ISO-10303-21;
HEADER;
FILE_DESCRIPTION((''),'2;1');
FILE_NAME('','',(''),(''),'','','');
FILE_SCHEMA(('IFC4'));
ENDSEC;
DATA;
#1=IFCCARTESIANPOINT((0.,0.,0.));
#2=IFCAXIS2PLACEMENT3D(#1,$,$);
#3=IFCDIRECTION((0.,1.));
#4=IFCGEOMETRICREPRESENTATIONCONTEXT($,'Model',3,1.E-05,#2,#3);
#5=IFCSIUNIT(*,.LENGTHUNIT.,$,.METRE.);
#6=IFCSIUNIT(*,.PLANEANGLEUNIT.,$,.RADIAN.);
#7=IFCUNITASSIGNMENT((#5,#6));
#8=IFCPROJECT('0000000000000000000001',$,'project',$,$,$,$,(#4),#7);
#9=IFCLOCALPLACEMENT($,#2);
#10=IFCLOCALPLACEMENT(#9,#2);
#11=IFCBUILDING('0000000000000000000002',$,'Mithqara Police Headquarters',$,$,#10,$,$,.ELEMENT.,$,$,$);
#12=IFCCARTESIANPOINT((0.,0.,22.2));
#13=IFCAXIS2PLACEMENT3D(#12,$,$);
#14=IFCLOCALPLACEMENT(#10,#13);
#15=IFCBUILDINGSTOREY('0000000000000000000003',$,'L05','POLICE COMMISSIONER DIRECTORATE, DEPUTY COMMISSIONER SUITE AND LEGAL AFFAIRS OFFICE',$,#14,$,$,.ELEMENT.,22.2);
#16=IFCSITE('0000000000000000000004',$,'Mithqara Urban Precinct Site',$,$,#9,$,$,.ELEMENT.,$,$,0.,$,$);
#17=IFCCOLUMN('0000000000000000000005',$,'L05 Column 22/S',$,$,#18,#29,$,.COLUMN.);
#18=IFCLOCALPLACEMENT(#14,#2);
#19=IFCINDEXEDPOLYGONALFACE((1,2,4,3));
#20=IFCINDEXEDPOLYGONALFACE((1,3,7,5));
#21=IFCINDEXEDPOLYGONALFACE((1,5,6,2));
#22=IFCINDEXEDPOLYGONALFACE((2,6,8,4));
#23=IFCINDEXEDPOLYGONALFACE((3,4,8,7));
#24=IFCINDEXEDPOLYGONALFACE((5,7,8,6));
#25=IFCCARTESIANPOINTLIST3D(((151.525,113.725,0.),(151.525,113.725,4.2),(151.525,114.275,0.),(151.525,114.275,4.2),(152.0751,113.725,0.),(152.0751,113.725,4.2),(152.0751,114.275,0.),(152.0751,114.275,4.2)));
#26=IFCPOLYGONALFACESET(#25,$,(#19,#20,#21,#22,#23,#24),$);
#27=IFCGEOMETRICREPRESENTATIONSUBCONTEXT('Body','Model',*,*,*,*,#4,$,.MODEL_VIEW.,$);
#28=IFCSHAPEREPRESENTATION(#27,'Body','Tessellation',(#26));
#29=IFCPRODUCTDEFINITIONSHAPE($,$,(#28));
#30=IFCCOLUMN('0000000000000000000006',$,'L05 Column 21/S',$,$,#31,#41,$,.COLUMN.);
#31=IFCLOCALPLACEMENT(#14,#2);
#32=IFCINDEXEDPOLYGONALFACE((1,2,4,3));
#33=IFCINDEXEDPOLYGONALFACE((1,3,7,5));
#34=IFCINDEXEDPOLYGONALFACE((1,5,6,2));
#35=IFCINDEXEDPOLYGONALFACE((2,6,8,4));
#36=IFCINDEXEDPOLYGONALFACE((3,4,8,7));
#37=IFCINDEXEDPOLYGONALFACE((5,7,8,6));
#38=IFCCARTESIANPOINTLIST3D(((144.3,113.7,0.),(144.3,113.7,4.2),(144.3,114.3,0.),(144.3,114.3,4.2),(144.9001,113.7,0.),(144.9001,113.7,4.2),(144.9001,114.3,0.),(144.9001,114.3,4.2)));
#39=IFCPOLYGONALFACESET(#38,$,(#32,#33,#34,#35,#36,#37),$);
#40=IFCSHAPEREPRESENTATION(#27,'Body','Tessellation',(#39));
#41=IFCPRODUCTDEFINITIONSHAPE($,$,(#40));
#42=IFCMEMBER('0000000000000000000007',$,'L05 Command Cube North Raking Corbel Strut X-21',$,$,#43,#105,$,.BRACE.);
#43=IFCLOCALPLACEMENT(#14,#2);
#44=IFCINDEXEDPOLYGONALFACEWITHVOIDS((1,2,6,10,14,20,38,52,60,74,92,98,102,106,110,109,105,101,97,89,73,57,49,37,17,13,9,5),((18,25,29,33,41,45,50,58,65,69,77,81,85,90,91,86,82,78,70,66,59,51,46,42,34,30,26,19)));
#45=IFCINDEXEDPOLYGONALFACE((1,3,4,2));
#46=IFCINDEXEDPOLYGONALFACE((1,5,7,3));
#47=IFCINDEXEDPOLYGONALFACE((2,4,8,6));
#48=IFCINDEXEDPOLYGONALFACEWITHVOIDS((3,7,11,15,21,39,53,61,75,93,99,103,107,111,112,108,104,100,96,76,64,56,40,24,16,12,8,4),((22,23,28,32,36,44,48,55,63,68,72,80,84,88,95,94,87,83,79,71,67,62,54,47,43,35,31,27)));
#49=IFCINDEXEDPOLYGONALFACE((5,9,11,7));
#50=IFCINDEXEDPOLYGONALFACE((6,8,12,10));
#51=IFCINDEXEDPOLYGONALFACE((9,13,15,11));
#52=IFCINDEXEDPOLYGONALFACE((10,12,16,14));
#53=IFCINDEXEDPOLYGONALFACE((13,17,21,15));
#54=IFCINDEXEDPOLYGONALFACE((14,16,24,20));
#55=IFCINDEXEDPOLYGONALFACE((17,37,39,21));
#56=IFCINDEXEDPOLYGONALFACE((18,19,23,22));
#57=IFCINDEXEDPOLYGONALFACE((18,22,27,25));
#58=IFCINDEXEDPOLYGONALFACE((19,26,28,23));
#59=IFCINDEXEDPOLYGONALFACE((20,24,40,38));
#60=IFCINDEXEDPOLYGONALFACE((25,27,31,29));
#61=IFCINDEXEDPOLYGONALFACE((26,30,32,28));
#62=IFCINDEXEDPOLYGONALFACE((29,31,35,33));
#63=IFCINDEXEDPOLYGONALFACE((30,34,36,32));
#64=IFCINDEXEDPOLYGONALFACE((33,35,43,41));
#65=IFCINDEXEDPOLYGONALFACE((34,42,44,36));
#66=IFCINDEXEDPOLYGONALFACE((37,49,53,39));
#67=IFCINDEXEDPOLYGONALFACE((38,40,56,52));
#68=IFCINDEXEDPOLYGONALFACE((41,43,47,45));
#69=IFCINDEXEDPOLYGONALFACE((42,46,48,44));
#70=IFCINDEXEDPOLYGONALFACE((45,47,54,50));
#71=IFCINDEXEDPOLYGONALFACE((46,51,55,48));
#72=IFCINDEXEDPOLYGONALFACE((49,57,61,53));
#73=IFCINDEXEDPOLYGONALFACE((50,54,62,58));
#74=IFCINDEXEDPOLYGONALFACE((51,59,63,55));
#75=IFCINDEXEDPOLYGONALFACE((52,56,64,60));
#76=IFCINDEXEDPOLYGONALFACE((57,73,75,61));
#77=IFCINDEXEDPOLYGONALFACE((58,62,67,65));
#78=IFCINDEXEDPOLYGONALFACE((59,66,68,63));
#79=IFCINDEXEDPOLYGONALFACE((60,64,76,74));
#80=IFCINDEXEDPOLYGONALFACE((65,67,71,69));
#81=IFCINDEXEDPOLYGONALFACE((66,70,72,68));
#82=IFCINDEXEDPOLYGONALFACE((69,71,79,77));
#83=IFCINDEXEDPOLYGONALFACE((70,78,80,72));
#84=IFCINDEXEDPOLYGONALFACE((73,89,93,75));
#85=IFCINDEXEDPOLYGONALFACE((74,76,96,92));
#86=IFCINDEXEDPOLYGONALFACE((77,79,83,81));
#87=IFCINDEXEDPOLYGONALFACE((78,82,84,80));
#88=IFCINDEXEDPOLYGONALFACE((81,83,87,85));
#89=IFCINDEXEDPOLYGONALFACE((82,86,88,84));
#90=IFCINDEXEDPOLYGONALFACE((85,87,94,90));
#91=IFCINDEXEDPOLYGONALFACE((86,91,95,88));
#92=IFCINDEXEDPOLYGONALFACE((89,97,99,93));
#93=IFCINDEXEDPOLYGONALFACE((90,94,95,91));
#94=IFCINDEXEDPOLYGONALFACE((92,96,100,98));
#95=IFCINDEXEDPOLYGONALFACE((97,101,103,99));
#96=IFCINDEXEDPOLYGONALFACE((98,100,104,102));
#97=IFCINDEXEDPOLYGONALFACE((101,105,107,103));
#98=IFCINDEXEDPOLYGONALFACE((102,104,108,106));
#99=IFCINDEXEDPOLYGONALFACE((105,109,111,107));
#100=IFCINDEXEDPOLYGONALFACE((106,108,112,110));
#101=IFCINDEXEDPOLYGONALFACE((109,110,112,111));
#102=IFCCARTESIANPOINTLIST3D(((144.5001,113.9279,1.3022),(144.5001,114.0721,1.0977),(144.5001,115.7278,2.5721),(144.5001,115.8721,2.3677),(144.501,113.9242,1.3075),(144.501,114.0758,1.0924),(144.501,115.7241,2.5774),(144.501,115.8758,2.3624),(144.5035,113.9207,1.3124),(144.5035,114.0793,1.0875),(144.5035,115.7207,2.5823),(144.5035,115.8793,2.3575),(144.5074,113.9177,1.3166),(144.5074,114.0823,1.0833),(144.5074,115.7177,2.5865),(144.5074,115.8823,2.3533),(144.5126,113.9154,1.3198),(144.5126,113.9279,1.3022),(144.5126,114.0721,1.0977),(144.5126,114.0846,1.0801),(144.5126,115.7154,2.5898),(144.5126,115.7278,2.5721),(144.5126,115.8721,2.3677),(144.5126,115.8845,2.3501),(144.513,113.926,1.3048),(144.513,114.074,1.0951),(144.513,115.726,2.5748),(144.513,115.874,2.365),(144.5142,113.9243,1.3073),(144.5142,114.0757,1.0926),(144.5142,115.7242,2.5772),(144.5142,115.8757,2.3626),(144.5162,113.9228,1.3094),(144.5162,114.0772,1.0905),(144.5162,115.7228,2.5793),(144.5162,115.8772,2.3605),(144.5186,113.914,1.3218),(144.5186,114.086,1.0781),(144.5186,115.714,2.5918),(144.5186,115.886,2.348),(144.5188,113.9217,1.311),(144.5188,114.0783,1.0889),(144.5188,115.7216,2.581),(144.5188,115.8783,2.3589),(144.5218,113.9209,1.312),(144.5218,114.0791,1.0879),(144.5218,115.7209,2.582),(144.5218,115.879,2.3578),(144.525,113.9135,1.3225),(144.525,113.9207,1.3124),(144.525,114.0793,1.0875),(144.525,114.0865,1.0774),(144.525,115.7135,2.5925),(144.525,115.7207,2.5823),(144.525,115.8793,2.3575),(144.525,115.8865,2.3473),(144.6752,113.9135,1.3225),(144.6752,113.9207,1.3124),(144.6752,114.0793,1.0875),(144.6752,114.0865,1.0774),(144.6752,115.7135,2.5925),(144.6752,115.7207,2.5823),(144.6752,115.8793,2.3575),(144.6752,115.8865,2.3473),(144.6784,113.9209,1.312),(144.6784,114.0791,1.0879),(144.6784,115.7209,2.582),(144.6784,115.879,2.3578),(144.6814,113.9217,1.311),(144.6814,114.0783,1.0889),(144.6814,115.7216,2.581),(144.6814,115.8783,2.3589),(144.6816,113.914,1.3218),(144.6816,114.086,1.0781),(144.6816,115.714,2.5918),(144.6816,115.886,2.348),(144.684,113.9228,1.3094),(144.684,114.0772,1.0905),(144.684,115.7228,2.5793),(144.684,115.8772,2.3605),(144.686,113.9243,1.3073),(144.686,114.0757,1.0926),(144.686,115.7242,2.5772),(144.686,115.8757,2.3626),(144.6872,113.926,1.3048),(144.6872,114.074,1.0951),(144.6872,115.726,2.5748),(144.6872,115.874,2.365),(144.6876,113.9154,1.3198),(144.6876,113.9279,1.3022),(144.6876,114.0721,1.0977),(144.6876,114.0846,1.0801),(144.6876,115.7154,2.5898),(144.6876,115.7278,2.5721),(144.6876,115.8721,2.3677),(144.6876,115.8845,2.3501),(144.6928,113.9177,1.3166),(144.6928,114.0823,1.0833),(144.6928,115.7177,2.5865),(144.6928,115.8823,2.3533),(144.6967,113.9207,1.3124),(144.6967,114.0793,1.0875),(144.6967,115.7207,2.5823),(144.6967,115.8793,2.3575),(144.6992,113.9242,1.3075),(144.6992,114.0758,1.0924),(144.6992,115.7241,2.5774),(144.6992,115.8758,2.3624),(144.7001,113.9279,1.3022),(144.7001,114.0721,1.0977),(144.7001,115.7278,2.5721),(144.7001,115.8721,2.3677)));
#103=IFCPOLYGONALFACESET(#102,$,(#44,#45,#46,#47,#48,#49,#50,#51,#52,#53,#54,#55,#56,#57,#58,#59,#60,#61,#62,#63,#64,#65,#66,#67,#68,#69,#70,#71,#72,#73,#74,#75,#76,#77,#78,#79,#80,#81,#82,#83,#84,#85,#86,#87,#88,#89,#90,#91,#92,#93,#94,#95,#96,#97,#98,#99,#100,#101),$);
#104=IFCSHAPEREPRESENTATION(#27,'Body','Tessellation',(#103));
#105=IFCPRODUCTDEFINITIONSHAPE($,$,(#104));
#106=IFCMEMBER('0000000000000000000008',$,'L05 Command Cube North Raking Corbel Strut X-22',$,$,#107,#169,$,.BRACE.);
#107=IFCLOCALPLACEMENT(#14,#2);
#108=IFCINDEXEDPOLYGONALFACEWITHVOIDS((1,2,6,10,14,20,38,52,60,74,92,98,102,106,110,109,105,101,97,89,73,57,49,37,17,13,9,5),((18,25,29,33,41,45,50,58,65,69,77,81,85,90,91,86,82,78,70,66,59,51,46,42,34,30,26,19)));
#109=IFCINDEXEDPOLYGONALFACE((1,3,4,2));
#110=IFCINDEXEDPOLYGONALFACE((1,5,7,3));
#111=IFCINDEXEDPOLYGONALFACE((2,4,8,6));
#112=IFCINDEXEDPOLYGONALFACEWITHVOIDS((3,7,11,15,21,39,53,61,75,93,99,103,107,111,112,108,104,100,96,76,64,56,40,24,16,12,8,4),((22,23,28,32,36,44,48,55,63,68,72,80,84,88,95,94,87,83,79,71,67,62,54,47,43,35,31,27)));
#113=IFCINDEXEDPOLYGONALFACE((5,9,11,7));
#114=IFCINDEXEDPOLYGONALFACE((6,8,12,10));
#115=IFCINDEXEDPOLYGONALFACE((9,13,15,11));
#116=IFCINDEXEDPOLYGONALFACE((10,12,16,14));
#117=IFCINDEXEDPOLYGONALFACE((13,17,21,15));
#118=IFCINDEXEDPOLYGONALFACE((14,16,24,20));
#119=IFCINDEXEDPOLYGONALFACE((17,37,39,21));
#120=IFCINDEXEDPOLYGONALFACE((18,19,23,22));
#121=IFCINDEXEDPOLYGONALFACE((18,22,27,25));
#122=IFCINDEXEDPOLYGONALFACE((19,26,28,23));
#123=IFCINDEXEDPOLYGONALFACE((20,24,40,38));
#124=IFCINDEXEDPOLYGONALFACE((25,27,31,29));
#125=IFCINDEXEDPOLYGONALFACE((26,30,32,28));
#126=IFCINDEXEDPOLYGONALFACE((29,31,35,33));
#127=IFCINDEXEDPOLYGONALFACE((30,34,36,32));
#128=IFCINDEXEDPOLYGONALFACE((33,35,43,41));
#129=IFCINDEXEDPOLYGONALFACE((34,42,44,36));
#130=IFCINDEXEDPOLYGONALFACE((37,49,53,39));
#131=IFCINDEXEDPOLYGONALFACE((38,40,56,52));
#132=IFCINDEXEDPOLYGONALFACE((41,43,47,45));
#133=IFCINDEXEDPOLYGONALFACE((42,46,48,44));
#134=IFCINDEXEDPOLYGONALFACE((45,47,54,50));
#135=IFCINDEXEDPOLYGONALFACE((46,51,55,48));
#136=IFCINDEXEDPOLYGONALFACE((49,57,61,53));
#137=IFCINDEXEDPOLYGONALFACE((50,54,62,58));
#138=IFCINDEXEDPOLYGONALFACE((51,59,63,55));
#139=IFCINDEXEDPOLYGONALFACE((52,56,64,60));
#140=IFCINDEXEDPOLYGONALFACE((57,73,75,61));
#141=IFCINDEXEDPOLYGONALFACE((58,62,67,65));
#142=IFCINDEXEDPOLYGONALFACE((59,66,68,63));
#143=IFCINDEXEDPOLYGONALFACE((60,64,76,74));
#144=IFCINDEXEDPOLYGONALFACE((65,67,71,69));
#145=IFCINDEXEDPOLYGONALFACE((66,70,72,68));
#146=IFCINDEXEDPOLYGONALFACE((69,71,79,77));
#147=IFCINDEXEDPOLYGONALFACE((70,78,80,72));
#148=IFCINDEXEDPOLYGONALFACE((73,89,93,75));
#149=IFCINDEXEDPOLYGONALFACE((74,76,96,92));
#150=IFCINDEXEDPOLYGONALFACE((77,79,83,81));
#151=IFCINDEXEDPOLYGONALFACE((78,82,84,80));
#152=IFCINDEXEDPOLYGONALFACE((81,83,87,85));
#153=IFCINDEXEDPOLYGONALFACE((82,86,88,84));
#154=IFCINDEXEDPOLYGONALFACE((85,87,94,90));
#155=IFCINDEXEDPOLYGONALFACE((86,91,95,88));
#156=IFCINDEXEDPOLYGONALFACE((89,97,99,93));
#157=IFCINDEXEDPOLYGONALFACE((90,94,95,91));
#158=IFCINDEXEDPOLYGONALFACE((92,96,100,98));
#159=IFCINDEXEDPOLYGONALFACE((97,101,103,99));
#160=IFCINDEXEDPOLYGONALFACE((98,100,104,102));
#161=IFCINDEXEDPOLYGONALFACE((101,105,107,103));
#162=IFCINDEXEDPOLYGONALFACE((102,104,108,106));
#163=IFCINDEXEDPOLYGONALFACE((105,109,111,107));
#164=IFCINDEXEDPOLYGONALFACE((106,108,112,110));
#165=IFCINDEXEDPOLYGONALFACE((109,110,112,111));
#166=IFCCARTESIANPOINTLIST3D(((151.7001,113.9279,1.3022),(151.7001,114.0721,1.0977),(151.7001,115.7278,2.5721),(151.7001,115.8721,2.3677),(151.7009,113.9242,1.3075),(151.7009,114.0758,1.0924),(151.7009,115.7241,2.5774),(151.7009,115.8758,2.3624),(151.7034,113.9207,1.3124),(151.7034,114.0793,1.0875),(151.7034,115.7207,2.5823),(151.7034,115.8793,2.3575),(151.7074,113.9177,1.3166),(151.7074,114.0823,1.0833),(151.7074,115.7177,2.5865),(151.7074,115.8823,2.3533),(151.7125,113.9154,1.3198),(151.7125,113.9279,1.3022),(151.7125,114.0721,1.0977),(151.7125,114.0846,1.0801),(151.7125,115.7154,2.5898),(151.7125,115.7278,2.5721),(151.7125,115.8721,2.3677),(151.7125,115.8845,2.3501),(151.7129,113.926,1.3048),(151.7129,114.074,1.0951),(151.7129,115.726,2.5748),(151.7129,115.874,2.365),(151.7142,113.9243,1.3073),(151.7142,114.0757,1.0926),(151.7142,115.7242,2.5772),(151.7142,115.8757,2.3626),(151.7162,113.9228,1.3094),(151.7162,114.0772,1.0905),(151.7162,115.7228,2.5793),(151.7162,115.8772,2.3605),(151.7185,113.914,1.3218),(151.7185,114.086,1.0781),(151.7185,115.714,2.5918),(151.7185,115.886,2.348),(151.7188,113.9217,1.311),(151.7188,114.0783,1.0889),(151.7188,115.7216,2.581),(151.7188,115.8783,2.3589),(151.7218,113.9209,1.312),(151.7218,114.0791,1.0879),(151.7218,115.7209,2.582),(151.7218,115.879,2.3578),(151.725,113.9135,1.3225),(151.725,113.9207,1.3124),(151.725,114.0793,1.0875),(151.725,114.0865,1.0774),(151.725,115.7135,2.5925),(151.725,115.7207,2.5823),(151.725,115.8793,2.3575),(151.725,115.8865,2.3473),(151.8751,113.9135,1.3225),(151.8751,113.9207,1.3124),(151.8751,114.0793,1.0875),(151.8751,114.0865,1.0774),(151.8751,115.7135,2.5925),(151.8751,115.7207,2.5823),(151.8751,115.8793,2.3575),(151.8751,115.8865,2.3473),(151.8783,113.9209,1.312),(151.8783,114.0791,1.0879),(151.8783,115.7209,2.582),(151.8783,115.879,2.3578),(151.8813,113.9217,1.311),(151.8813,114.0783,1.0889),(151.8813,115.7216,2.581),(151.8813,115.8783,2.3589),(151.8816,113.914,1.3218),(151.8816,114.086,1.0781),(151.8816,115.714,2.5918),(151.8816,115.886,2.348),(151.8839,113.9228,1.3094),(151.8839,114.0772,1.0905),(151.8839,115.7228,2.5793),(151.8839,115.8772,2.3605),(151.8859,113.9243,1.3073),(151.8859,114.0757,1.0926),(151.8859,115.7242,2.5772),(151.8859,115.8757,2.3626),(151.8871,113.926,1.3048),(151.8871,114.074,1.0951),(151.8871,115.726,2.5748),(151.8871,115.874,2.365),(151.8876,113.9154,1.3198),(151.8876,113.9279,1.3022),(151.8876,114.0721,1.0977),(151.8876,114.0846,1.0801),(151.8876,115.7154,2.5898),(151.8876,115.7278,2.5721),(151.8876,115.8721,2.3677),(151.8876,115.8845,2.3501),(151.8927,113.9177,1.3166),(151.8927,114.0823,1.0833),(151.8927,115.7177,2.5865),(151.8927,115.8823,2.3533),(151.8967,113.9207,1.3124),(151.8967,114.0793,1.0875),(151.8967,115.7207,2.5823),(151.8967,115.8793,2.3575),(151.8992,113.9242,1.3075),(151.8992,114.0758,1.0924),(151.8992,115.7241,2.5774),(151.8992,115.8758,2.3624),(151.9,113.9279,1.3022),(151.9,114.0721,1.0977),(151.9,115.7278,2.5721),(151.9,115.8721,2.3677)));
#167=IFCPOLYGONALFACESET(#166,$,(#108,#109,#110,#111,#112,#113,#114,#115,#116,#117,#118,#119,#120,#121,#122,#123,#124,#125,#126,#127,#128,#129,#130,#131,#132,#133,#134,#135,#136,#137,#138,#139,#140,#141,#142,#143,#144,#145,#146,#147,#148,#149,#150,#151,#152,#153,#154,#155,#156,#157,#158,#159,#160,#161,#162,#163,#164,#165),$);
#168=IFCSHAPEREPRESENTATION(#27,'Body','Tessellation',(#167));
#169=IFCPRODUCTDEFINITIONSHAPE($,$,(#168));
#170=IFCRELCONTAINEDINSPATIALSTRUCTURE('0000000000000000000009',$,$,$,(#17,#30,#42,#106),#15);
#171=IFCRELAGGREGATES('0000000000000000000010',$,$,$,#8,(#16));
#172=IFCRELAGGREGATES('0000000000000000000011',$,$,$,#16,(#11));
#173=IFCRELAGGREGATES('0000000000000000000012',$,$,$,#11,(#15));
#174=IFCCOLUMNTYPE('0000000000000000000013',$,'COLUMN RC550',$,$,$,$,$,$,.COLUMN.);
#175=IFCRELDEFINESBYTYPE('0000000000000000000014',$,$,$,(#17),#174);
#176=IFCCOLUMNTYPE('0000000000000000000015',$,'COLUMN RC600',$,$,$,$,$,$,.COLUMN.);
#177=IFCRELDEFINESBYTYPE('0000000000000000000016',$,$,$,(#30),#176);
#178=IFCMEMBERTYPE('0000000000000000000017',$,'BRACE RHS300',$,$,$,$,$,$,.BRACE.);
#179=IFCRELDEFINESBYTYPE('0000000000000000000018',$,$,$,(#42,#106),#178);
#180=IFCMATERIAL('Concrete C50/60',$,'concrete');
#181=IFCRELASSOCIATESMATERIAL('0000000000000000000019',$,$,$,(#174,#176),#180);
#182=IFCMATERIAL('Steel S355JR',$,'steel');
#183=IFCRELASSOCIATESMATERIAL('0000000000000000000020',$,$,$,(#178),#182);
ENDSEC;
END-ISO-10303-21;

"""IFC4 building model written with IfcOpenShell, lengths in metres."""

from ifc_helpers import new_model, si_unit, direction, frame, origin, origin_2d, place, context, subcontext, project, spatial, rectangle, hollow_rectangle, extrude, material, material_profile, profile_set, type_object, element, save


model = new_model("IFC4")

# Units and contexts
model_context = context("Model", 3, precision=1e-05, world=origin(), true_north=direction((0.0, 1.0)))
body_context = subcontext(model_context, "Body", "Model", "MODEL_VIEW")
ifc_project = project(units=[si_unit("LENGTHUNIT", "METRE"), si_unit("PLANEANGLEUNIT", "RADIAN")], contexts=[model_context])

# Site, building, storey
site_placement = place(None, origin())
site = spatial("IfcSite", under=ifc_project, at=site_placement, Name="Mithqara Urban Precinct Site", CompositionType="ELEMENT", RefElevation=0.0)
building_placement = place(site_placement, origin())
building = spatial("IfcBuilding", under=site, at=building_placement, Name="Mithqara Police Headquarters", CompositionType="ELEMENT")
storey_placement = place(building_placement, frame((0.0, 0.0, 22.2)))
storey = spatial("IfcBuildingStorey", under=building, at=storey_placement, Name="L05", Description="POLICE COMMISSIONER DIRECTORATE, DEPUTY COMMISSIONER SUITE AND LEGAL AFFAIRS OFFICE", CompositionType="ELEMENT", Elevation=22.2)

# Columns
ifc_material_1 = material(Name="Concrete C50/60", Category="concrete")
ifc_material_profile_1 = material_profile(ifc_material_1, rectangle(XDim=0.55, YDim=0.55, at=origin_2d()), Name="RC 550x550")
ifc_profile_set_1 = profile_set([ifc_material_profile_1], Name="Concrete C50/60")
column_type_1 = type_object("IfcColumnType", Name="COLUMN RC550", PredefinedType="COLUMN", material=ifc_profile_set_1)
column_1_placement = place(storey_placement, frame((151.8, 114.0, 0.0), z_axis=(0.0, 0.0, 1.0), x_axis=(1.0, 0.0, 0.0)))
element("IfcColumn", 1, at=column_1_placement, inside=storey, type_object=column_type_1, Name="L05 Column 22/S", PredefinedType="COLUMN", context=body_context, shape_type="SweptSolid", body=[
    extrude(rectangle(XDim=0.55, YDim=0.55, at=origin_2d()), origin(), (0.0, 0.0, 1.0), 4.2),
])
ifc_material_profile_2 = material_profile(ifc_material_1, rectangle(XDim=0.6001, YDim=0.6001, at=origin_2d()), Name="RC 600x600")
ifc_profile_set_2 = profile_set([ifc_material_profile_2], Name="Concrete C50/60")
column_type_2 = type_object("IfcColumnType", Name="COLUMN RC600", PredefinedType="COLUMN", material=ifc_profile_set_2)
column_2_placement = place(storey_placement, frame((144.6001, 114.0, 0.0), z_axis=(0.0, 0.0, 1.0), x_axis=(1.0, 0.0, 0.0)))
element("IfcColumn", 2, at=column_2_placement, inside=storey, type_object=column_type_2, Name="L05 Column 21/S", PredefinedType="COLUMN", context=body_context, shape_type="SweptSolid", body=[
    extrude(rectangle(XDim=0.6001, YDim=0.6001, at=origin_2d()), origin(), (0.0, 0.0, 1.0), 4.2),
])

# Members
ifc_material_2 = material(Name="Steel S355JR", Category="steel")
ifc_material_profile_3 = material_profile(ifc_material_2, hollow_rectangle(XDim=0.2, YDim=0.3, WallThickness=0.0125, InnerFilletRadius=0.0125, OuterFilletRadius=0.0249, at=origin_2d()), Name="RHS 300x200x12.5")
ifc_profile_set_3 = profile_set([ifc_material_profile_3], Name="Steel S355JR")
member_type = type_object("IfcMemberType", Name="BRACE RHS300", PredefinedType="BRACE", material=ifc_profile_set_3)
for number, where, z_axis, x_axis, name in (
    (3, (144.6001, 114.0, 1.2), (0.0, 0.817097, 0.5765), (-1.0, 0.0, 0.0), "L05 Command Cube North Raking Corbel Strut X-21"),
    (4, (151.8, 114.0, 1.2), (0.0, 0.817097, 0.5765), (-1.0, 0.0, 0.0), "L05 Command Cube North Raking Corbel Strut X-22"),
):
    element("IfcMember", number, at=place(storey_placement, frame(where, z_axis=z_axis, x_axis=x_axis)), inside=storey, type_object=member_type, Name=name, PredefinedType="BRACE", context=body_context, shape_type="SweptSolid", body=[
        extrude(hollow_rectangle(XDim=0.2, YDim=0.3, WallThickness=0.0125, InnerFilletRadius=0.0125, OuterFilletRadius=0.0249, at=origin_2d()), origin(), (0.0, 0.0, 1.0), 2.2029),
    ])

save(model, "model.ifc")
